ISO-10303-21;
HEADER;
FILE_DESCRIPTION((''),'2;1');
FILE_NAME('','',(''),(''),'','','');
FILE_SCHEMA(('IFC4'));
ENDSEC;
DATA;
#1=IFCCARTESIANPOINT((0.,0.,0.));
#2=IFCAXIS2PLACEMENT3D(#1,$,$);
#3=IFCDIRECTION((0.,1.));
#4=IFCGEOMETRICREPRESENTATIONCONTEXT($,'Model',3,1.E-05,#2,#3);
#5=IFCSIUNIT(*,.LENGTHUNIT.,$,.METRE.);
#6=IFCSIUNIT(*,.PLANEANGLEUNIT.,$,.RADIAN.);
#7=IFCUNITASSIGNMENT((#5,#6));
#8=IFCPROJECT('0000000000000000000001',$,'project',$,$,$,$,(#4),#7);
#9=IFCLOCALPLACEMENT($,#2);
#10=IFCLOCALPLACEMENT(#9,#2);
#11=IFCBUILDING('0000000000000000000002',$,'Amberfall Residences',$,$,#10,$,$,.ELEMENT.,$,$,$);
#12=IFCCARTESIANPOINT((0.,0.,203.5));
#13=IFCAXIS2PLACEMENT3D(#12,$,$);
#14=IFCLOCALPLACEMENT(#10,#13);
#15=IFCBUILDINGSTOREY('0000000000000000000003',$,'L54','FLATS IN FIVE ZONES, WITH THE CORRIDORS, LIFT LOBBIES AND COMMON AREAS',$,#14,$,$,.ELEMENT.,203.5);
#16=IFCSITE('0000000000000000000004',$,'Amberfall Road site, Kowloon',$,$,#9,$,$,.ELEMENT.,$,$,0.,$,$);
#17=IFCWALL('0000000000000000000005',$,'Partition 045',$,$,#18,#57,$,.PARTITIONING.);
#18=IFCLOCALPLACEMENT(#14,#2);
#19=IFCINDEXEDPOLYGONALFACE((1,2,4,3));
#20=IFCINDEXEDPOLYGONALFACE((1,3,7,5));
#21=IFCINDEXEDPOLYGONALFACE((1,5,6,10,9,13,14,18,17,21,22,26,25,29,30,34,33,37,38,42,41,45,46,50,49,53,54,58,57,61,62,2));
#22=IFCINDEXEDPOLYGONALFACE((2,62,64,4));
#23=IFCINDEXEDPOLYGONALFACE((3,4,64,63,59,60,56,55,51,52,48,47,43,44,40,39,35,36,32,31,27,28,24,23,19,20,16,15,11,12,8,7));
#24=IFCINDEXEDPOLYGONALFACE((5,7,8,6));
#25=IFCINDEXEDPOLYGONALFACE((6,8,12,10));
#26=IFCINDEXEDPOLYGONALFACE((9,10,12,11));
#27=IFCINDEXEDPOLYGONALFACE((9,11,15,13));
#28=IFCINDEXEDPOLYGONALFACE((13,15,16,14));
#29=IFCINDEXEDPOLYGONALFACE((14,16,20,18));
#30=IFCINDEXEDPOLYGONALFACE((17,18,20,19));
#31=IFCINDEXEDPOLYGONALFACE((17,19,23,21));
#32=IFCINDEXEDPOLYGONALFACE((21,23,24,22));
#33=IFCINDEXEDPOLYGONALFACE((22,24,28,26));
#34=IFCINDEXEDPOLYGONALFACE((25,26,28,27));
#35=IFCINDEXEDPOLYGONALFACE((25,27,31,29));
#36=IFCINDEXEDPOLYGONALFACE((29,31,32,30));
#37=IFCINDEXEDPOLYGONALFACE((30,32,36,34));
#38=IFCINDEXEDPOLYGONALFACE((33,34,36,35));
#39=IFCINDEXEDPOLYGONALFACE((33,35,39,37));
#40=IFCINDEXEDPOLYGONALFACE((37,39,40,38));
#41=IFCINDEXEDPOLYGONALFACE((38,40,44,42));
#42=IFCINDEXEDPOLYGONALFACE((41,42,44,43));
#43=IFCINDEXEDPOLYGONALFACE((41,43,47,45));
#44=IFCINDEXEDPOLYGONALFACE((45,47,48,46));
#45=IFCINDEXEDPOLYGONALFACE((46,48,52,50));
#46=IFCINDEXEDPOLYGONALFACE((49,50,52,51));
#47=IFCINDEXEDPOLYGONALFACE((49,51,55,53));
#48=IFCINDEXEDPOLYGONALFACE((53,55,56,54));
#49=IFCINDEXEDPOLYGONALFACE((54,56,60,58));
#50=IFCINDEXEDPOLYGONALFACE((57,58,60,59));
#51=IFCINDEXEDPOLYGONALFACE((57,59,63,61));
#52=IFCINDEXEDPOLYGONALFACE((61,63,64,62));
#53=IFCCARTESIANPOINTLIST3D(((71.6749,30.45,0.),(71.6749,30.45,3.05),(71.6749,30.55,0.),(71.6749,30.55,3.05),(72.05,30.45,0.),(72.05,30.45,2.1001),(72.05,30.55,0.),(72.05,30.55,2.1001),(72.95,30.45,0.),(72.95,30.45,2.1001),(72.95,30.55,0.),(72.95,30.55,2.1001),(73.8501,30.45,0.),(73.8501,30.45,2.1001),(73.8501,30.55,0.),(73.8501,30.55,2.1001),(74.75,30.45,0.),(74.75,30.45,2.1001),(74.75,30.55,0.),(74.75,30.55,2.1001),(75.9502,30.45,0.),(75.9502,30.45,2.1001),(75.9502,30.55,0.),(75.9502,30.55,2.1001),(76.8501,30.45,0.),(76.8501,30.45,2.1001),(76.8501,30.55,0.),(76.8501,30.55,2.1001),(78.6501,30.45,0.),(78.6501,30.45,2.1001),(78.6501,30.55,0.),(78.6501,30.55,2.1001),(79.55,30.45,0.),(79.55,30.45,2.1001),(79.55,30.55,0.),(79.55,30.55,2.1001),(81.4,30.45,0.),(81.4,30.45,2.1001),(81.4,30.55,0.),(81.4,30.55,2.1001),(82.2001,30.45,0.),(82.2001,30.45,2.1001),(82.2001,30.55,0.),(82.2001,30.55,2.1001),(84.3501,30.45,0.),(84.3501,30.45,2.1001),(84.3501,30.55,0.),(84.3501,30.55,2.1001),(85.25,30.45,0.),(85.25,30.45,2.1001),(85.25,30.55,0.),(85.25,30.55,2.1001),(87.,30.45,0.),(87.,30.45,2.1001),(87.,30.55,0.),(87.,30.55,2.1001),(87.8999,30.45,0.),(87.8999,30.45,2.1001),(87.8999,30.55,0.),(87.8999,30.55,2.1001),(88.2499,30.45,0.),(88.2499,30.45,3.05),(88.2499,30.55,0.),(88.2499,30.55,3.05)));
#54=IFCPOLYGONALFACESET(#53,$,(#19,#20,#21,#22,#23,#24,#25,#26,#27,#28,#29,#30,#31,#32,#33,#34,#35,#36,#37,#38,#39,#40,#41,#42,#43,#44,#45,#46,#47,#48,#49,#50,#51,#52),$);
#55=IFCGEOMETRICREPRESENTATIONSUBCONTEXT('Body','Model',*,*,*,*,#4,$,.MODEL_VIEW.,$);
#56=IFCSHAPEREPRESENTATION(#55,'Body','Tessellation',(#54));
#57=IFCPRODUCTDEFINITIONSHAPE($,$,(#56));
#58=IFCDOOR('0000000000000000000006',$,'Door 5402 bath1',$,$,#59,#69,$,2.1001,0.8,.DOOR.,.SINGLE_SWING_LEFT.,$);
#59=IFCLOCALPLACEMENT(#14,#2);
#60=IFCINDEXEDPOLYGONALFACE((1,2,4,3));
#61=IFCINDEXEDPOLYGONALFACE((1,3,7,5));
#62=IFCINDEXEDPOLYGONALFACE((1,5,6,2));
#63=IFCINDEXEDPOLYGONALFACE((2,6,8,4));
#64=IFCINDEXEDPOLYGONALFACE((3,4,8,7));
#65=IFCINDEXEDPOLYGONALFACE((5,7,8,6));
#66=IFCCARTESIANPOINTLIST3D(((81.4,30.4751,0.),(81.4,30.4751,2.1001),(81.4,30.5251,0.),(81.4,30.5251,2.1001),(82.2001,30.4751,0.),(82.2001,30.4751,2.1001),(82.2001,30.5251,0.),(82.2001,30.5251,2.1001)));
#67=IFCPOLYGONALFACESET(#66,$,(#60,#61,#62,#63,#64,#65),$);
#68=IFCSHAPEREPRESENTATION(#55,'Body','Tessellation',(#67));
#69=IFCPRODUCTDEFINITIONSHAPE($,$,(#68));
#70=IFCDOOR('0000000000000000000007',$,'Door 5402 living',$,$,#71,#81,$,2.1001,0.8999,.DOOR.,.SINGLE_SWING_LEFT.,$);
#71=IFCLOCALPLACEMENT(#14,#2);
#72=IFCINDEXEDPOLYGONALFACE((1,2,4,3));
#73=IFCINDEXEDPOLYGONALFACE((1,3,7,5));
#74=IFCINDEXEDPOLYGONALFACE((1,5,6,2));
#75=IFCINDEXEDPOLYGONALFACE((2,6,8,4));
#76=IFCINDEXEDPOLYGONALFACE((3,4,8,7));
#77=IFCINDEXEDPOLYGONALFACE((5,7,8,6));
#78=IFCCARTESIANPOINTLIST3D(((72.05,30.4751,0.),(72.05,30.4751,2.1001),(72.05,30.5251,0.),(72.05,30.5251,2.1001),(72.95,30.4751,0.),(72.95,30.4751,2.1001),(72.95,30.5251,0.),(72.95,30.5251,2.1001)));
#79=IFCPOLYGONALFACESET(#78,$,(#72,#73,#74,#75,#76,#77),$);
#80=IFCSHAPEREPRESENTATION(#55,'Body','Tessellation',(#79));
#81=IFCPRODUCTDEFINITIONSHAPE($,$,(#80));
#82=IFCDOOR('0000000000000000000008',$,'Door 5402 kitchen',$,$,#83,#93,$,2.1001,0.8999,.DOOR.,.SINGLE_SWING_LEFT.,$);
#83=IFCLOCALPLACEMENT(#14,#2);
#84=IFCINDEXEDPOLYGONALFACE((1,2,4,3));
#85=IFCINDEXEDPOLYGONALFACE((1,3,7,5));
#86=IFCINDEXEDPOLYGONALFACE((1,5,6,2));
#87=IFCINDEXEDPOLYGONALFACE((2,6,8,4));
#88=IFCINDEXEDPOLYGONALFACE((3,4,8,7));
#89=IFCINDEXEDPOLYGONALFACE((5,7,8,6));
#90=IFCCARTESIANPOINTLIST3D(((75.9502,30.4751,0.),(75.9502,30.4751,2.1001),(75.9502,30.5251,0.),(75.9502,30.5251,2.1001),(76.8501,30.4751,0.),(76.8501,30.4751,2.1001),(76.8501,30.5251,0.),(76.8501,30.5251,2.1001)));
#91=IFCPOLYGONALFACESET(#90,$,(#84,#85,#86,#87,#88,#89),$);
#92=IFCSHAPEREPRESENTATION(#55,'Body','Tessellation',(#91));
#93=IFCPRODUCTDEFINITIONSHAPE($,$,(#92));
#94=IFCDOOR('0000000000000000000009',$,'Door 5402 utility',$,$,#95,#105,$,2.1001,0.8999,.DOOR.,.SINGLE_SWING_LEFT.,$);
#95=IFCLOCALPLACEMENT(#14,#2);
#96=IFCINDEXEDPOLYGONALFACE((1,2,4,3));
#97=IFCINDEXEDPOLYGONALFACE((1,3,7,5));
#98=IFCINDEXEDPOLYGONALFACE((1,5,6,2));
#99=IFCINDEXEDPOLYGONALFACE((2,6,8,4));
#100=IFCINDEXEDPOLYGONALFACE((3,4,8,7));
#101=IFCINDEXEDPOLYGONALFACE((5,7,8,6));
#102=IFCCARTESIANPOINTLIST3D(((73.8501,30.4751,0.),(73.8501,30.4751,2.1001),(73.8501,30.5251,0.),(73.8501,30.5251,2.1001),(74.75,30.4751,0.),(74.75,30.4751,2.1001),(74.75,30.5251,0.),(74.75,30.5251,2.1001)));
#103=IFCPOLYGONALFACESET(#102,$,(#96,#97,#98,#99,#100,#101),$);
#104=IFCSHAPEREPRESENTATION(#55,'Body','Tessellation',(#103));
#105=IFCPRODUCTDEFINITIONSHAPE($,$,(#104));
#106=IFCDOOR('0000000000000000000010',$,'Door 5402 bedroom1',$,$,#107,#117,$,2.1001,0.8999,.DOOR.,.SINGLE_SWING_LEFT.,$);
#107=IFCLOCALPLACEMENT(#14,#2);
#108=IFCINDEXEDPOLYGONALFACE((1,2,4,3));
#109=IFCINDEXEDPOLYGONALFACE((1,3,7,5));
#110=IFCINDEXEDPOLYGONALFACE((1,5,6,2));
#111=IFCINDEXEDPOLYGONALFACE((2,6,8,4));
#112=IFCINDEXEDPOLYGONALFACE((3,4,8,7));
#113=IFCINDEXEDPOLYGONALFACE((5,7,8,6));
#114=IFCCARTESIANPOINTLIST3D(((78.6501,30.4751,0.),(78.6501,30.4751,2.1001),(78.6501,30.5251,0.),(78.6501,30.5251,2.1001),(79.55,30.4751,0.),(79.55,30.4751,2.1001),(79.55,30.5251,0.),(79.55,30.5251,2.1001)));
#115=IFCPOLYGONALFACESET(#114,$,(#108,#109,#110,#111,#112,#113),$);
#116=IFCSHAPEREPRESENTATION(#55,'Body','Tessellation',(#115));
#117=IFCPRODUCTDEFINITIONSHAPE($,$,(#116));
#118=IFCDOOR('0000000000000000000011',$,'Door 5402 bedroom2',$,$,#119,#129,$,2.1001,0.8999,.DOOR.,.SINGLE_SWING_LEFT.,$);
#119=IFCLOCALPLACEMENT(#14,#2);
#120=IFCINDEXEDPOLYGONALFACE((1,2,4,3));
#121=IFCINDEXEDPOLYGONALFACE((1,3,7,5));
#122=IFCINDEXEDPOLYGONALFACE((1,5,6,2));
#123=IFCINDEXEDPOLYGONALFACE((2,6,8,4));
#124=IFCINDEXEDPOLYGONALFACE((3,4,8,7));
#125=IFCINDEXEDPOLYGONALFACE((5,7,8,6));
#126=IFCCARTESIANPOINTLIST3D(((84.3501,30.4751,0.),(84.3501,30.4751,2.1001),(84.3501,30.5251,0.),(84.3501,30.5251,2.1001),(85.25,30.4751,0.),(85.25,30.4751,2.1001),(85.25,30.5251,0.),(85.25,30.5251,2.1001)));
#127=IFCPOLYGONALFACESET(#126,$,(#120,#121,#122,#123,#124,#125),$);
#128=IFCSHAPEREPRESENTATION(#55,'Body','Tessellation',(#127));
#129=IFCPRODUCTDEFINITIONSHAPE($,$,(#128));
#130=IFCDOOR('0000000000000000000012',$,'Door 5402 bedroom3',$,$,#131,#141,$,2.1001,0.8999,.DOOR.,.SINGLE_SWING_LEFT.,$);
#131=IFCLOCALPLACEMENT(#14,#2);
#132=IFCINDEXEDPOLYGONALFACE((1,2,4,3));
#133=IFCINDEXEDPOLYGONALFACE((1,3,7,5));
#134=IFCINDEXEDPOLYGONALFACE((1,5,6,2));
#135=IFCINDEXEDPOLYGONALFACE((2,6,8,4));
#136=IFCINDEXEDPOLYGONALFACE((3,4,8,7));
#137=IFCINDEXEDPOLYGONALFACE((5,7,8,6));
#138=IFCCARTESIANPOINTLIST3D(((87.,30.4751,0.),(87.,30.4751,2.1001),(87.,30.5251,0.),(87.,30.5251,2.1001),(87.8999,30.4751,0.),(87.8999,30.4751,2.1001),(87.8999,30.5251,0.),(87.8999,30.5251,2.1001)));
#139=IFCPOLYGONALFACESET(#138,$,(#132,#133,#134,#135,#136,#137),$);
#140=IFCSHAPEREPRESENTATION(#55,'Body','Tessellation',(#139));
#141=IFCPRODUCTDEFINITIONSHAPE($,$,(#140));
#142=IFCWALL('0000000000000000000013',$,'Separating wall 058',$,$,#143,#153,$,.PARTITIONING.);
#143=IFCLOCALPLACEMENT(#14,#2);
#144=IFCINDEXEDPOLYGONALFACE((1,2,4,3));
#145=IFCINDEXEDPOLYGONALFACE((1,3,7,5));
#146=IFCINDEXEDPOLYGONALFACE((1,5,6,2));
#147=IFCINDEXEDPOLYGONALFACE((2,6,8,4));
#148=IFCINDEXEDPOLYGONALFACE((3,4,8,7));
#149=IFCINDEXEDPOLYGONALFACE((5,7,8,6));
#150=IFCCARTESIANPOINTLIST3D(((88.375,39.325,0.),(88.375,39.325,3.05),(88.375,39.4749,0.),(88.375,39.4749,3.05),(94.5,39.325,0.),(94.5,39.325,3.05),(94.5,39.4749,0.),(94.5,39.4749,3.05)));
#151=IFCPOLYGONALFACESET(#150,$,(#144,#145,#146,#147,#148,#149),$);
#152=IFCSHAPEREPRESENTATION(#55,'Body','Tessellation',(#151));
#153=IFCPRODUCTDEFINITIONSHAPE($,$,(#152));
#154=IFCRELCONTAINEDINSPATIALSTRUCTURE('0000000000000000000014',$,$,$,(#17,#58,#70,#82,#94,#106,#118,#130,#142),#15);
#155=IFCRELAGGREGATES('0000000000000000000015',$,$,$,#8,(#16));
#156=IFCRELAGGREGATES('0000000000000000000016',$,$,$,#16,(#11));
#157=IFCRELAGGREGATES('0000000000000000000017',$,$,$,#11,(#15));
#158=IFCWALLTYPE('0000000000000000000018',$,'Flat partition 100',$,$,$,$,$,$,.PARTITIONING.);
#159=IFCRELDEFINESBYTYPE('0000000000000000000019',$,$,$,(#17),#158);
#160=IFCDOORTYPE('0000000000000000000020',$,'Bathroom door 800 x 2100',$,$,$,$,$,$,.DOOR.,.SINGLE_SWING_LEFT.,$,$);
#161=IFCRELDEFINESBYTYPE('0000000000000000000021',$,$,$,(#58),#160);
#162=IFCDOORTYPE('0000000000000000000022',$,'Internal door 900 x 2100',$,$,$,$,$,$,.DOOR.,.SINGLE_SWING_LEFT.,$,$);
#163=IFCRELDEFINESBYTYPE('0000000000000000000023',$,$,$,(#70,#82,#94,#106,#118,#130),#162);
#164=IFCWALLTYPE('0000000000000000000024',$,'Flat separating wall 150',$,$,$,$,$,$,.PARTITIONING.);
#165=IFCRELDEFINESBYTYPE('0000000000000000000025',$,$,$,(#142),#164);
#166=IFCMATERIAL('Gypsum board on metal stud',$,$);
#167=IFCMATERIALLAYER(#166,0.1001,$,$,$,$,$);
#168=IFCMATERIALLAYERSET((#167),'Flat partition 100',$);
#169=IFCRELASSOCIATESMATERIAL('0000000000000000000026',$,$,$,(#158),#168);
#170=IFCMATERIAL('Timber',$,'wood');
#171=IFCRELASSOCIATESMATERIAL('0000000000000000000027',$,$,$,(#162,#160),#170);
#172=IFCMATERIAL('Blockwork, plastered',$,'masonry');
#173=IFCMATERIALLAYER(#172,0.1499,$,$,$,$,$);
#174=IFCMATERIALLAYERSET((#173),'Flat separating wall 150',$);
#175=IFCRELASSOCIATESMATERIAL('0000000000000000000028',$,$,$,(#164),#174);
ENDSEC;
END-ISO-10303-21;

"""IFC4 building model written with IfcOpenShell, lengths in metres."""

from ifc_helpers import new_model, si_unit, direction, frame, frame_2d, origin, place, context, subcontext, project, spatial, rectangle, extrude, material, layer, layer_set, type_object, element, fill, save


model = new_model("IFC4")

# Units and contexts
model_context = context("Model", 3, precision=1e-05, world=origin(), true_north=direction((0.0, 1.0)))
body_context = subcontext(model_context, "Body", "Model", "MODEL_VIEW")
ifc_project = project(units=[si_unit("LENGTHUNIT", "METRE"), si_unit("PLANEANGLEUNIT", "RADIAN")], contexts=[model_context])

# Site, building, storey
site_placement = place(None, origin())
site = spatial("IfcSite", under=ifc_project, at=site_placement, Name="Amberfall Road site, Kowloon", CompositionType="ELEMENT", RefElevation=0.0)
building_placement = place(site_placement, origin())
building = spatial("IfcBuilding", under=site, at=building_placement, Name="Amberfall Residences", CompositionType="ELEMENT")
storey_placement = place(building_placement, frame((0.0, 0.0, 203.5)))
storey = spatial("IfcBuildingStorey", under=building, at=storey_placement, Name="L54", Description="FLATS IN FIVE ZONES, WITH THE CORRIDORS, LIFT LOBBIES AND COMMON AREAS", CompositionType="ELEMENT", Elevation=203.5)

# Shared definitions
ifc_material_1 = material(Name="Gypsum board on metal stud")
ifc_layer_1 = layer(ifc_material_1, 0.1001)
ifc_layer_set_1 = layer_set([ifc_layer_1], Name="Flat partition 100")
wall_type_1 = type_object("IfcWallType", Name="Flat partition 100", PredefinedType="PARTITIONING", material=ifc_layer_set_1)

# Wall, openings, doors
ifc_material_2 = material(Name="Timber", Category="wood")
door_type_1 = type_object("IfcDoorType", Name="Internal door 900 x 2100", OperationType="SINGLE_SWING_LEFT", PredefinedType="DOOR", material=ifc_material_2)
wall_1_placement = place(storey_placement, frame((88.25, 30.5, 0.0), z_axis=(0.0, 0.0, 1.0), x_axis=(-1.0, 0.0, 0.0)))
wall_1 = element("IfcWall", 1, at=wall_1_placement, inside=storey, type_object=wall_type_1, Name="Partition 045", PredefinedType="PARTITIONING", context=body_context, shape_type="SweptSolid", body=[
    extrude(rectangle(XDim=16.575, YDim=0.1001, at=frame_2d((8.2876, 0.0))), origin(), (0.0, 0.0, 1.0), 3.05),
])
opening_1_placement = place(wall_1_placement, frame((15.3, 0.0, 0.0)))
opening_1 = element("IfcOpeningElement", 2, at=opening_1_placement, cuts=wall_1, PredefinedType="OPENING", context=body_context, shape_type="SweptSolid", body=[
    extrude(rectangle(XDim=0.8999, YDim=2.1001, at=frame_2d((0.45, 1.05))), frame((0.0, 0.0601, 0.0), z_axis=(0.0, -1.0, 0.0), x_axis=(1.0, 0.0, 0.0)), (0.0, 0.0, 1.0), 0.1201),
])
opening_2_placement = place(wall_1_placement, frame((11.3999, 0.0, 0.0)))
opening_2 = element("IfcOpeningElement", 3, at=opening_2_placement, cuts=wall_1, PredefinedType="OPENING", context=body_context, shape_type="SweptSolid", body=[
    extrude(rectangle(XDim=0.8999, YDim=2.1001, at=frame_2d((0.45, 1.05))), frame((0.0, 0.0601, 0.0), z_axis=(0.0, -1.0, 0.0), x_axis=(1.0, 0.0, 0.0)), (0.0, 0.0, 1.0), 0.1201),
])
opening_3_placement = place(wall_1_placement, frame((13.5, 0.0, 0.0)))
opening_3 = element("IfcOpeningElement", 4, at=opening_3_placement, cuts=wall_1, PredefinedType="OPENING", context=body_context, shape_type="SweptSolid", body=[
    extrude(rectangle(XDim=0.8999, YDim=2.1001, at=frame_2d((0.45, 1.05))), frame((0.0, 0.0601, 0.0), z_axis=(0.0, -1.0, 0.0), x_axis=(1.0, 0.0, 0.0)), (0.0, 0.0, 1.0), 0.1201),
])
opening_4_placement = place(wall_1_placement, frame((8.7, 0.0, 0.0)))
opening_4 = element("IfcOpeningElement", 5, at=opening_4_placement, cuts=wall_1, PredefinedType="OPENING", context=body_context, shape_type="SweptSolid", body=[
    extrude(rectangle(XDim=0.8999, YDim=2.1001, at=frame_2d((0.45, 1.05))), frame((0.0, 0.0601, 0.0), z_axis=(0.0, -1.0, 0.0), x_axis=(1.0, 0.0, 0.0)), (0.0, 0.0, 1.0), 0.1201),
])
opening_5_placement = place(wall_1_placement, frame((3.0, 0.0, 0.0)))
opening_5 = element("IfcOpeningElement", 6, at=opening_5_placement, cuts=wall_1, PredefinedType="OPENING", context=body_context, shape_type="SweptSolid", body=[
    extrude(rectangle(XDim=0.8999, YDim=2.1001, at=frame_2d((0.45, 1.05))), frame((0.0, 0.0601, 0.0), z_axis=(0.0, -1.0, 0.0), x_axis=(1.0, 0.0, 0.0)), (0.0, 0.0, 1.0), 0.1201),
])
opening_6_placement = place(wall_1_placement, frame((0.3501, 0.0, 0.0)))
opening_6 = element("IfcOpeningElement", 7, at=opening_6_placement, cuts=wall_1, PredefinedType="OPENING", context=body_context, shape_type="SweptSolid", body=[
    extrude(rectangle(XDim=0.8999, YDim=2.1001, at=frame_2d((0.45, 1.05))), frame((0.0, 0.0601, 0.0), z_axis=(0.0, -1.0, 0.0), x_axis=(1.0, 0.0, 0.0)), (0.0, 0.0, 1.0), 0.1201),
])
opening_7_placement = place(wall_1_placement, frame((6.05, 0.0, 0.0)))
opening_7 = element("IfcOpeningElement", 8, at=opening_7_placement, cuts=wall_1, PredefinedType="OPENING", context=body_context, shape_type="SweptSolid", body=[
    extrude(rectangle(XDim=0.8, YDim=2.1001, at=frame_2d((0.3999, 1.05))), frame((0.0, 0.0601, 0.0), z_axis=(0.0, -1.0, 0.0), x_axis=(1.0, 0.0, 0.0)), (0.0, 0.0, 1.0), 0.1201),
])
door_type_2 = type_object("IfcDoorType", Name="Bathroom door 800 x 2100", OperationType="SINGLE_SWING_LEFT", PredefinedType="DOOR", material=ifc_material_2)
door_1_placement = place(opening_7_placement, origin())
door_1 = element("IfcDoor", 9, at=door_1_placement, inside=storey, type_object=door_type_2, Name="Door 5402 bath1", OperationType="SINGLE_SWING_LEFT", OverallHeight=2.1001, OverallWidth=0.8, PredefinedType="DOOR", context=body_context, shape_type="SweptSolid", body=[
    extrude(rectangle(XDim=0.8, YDim=2.1001, at=frame_2d((0.3999, 1.05))), frame((0.0, 0.0249, 0.0), z_axis=(0.0, -1.0, 0.0), x_axis=(1.0, 0.0, 0.0)), (0.0, 0.0, 1.0), 0.05),
])
fill(opening_7, door_1)
door_2_placement = place(opening_1_placement, origin())
door_2 = element("IfcDoor", 10, at=door_2_placement, inside=storey, type_object=door_type_1, Name="Door 5402 living", OperationType="SINGLE_SWING_LEFT", OverallHeight=2.1001, OverallWidth=0.8999, PredefinedType="DOOR", context=body_context, shape_type="SweptSolid", body=[
    extrude(rectangle(XDim=0.8999, YDim=2.1001, at=frame_2d((0.45, 1.05))), frame((0.0, 0.0249, 0.0), z_axis=(0.0, -1.0, 0.0), x_axis=(1.0, 0.0, 0.0)), (0.0, 0.0, 1.0), 0.05),
])
fill(opening_1, door_2)
door_3_placement = place(opening_2_placement, origin())
door_3 = element("IfcDoor", 11, at=door_3_placement, inside=storey, type_object=door_type_1, Name="Door 5402 kitchen", OperationType="SINGLE_SWING_LEFT", OverallHeight=2.1001, OverallWidth=0.8999, PredefinedType="DOOR", context=body_context, shape_type="SweptSolid", body=[
    extrude(rectangle(XDim=0.8999, YDim=2.1001, at=frame_2d((0.45, 1.05))), frame((0.0, 0.0249, 0.0), z_axis=(0.0, -1.0, 0.0), x_axis=(1.0, 0.0, 0.0)), (0.0, 0.0, 1.0), 0.05),
])
fill(opening_2, door_3)
door_4_placement = place(opening_3_placement, origin())
door_4 = element("IfcDoor", 12, at=door_4_placement, inside=storey, type_object=door_type_1, Name="Door 5402 utility", OperationType="SINGLE_SWING_LEFT", OverallHeight=2.1001, OverallWidth=0.8999, PredefinedType="DOOR", context=body_context, shape_type="SweptSolid", body=[
    extrude(rectangle(XDim=0.8999, YDim=2.1001, at=frame_2d((0.45, 1.05))), frame((0.0, 0.0249, 0.0), z_axis=(0.0, -1.0, 0.0), x_axis=(1.0, 0.0, 0.0)), (0.0, 0.0, 1.0), 0.05),
])
fill(opening_3, door_4)
door_5_placement = place(opening_4_placement, origin())
door_5 = element("IfcDoor", 13, at=door_5_placement, inside=storey, type_object=door_type_1, Name="Door 5402 bedroom1", OperationType="SINGLE_SWING_LEFT", OverallHeight=2.1001, OverallWidth=0.8999, PredefinedType="DOOR", context=body_context, shape_type="SweptSolid", body=[
    extrude(rectangle(XDim=0.8999, YDim=2.1001, at=frame_2d((0.45, 1.05))), frame((0.0, 0.0249, 0.0), z_axis=(0.0, -1.0, 0.0), x_axis=(1.0, 0.0, 0.0)), (0.0, 0.0, 1.0), 0.05),
])
fill(opening_4, door_5)
door_6_placement = place(opening_5_placement, origin())
door_6 = element("IfcDoor", 14, at=door_6_placement, inside=storey, type_object=door_type_1, Name="Door 5402 bedroom2", OperationType="SINGLE_SWING_LEFT", OverallHeight=2.1001, OverallWidth=0.8999, PredefinedType="DOOR", context=body_context, shape_type="SweptSolid", body=[
    extrude(rectangle(XDim=0.8999, YDim=2.1001, at=frame_2d((0.45, 1.05))), frame((0.0, 0.0249, 0.0), z_axis=(0.0, -1.0, 0.0), x_axis=(1.0, 0.0, 0.0)), (0.0, 0.0, 1.0), 0.05),
])
fill(opening_5, door_6)
door_7_placement = place(opening_6_placement, origin())
door_7 = element("IfcDoor", 15, at=door_7_placement, inside=storey, type_object=door_type_1, Name="Door 5402 bedroom3", OperationType="SINGLE_SWING_LEFT", OverallHeight=2.1001, OverallWidth=0.8999, PredefinedType="DOOR", context=body_context, shape_type="SweptSolid", body=[
    extrude(rectangle(XDim=0.8999, YDim=2.1001, at=frame_2d((0.45, 1.05))), frame((0.0, 0.0249, 0.0), z_axis=(0.0, -1.0, 0.0), x_axis=(1.0, 0.0, 0.0)), (0.0, 0.0, 1.0), 0.05),
])
fill(opening_6, door_7)

# Wall
ifc_material_3 = material(Name="Blockwork, plastered", Category="masonry")
ifc_layer_2 = layer(ifc_material_3, 0.1499)
ifc_layer_set_2 = layer_set([ifc_layer_2], Name="Flat separating wall 150")
wall_type_2 = type_object("IfcWallType", Name="Flat separating wall 150", PredefinedType="PARTITIONING", material=ifc_layer_set_2)
wall_2_placement = place(storey_placement, frame((88.375, 39.3999, 0.0), z_axis=(0.0, 0.0, 1.0), x_axis=(1.0, 0.0, 0.0)))
element("IfcWall", 16, at=wall_2_placement, inside=storey, type_object=wall_type_2, Name="Separating wall 058", PredefinedType="PARTITIONING", context=body_context, shape_type="SweptSolid", body=[
    extrude(rectangle(XDim=6.125, YDim=0.1499, at=frame_2d((3.0625, 0.0))), origin(), (0.0, 0.0, 1.0), 3.05),
])

save(model, "model.ifc")
